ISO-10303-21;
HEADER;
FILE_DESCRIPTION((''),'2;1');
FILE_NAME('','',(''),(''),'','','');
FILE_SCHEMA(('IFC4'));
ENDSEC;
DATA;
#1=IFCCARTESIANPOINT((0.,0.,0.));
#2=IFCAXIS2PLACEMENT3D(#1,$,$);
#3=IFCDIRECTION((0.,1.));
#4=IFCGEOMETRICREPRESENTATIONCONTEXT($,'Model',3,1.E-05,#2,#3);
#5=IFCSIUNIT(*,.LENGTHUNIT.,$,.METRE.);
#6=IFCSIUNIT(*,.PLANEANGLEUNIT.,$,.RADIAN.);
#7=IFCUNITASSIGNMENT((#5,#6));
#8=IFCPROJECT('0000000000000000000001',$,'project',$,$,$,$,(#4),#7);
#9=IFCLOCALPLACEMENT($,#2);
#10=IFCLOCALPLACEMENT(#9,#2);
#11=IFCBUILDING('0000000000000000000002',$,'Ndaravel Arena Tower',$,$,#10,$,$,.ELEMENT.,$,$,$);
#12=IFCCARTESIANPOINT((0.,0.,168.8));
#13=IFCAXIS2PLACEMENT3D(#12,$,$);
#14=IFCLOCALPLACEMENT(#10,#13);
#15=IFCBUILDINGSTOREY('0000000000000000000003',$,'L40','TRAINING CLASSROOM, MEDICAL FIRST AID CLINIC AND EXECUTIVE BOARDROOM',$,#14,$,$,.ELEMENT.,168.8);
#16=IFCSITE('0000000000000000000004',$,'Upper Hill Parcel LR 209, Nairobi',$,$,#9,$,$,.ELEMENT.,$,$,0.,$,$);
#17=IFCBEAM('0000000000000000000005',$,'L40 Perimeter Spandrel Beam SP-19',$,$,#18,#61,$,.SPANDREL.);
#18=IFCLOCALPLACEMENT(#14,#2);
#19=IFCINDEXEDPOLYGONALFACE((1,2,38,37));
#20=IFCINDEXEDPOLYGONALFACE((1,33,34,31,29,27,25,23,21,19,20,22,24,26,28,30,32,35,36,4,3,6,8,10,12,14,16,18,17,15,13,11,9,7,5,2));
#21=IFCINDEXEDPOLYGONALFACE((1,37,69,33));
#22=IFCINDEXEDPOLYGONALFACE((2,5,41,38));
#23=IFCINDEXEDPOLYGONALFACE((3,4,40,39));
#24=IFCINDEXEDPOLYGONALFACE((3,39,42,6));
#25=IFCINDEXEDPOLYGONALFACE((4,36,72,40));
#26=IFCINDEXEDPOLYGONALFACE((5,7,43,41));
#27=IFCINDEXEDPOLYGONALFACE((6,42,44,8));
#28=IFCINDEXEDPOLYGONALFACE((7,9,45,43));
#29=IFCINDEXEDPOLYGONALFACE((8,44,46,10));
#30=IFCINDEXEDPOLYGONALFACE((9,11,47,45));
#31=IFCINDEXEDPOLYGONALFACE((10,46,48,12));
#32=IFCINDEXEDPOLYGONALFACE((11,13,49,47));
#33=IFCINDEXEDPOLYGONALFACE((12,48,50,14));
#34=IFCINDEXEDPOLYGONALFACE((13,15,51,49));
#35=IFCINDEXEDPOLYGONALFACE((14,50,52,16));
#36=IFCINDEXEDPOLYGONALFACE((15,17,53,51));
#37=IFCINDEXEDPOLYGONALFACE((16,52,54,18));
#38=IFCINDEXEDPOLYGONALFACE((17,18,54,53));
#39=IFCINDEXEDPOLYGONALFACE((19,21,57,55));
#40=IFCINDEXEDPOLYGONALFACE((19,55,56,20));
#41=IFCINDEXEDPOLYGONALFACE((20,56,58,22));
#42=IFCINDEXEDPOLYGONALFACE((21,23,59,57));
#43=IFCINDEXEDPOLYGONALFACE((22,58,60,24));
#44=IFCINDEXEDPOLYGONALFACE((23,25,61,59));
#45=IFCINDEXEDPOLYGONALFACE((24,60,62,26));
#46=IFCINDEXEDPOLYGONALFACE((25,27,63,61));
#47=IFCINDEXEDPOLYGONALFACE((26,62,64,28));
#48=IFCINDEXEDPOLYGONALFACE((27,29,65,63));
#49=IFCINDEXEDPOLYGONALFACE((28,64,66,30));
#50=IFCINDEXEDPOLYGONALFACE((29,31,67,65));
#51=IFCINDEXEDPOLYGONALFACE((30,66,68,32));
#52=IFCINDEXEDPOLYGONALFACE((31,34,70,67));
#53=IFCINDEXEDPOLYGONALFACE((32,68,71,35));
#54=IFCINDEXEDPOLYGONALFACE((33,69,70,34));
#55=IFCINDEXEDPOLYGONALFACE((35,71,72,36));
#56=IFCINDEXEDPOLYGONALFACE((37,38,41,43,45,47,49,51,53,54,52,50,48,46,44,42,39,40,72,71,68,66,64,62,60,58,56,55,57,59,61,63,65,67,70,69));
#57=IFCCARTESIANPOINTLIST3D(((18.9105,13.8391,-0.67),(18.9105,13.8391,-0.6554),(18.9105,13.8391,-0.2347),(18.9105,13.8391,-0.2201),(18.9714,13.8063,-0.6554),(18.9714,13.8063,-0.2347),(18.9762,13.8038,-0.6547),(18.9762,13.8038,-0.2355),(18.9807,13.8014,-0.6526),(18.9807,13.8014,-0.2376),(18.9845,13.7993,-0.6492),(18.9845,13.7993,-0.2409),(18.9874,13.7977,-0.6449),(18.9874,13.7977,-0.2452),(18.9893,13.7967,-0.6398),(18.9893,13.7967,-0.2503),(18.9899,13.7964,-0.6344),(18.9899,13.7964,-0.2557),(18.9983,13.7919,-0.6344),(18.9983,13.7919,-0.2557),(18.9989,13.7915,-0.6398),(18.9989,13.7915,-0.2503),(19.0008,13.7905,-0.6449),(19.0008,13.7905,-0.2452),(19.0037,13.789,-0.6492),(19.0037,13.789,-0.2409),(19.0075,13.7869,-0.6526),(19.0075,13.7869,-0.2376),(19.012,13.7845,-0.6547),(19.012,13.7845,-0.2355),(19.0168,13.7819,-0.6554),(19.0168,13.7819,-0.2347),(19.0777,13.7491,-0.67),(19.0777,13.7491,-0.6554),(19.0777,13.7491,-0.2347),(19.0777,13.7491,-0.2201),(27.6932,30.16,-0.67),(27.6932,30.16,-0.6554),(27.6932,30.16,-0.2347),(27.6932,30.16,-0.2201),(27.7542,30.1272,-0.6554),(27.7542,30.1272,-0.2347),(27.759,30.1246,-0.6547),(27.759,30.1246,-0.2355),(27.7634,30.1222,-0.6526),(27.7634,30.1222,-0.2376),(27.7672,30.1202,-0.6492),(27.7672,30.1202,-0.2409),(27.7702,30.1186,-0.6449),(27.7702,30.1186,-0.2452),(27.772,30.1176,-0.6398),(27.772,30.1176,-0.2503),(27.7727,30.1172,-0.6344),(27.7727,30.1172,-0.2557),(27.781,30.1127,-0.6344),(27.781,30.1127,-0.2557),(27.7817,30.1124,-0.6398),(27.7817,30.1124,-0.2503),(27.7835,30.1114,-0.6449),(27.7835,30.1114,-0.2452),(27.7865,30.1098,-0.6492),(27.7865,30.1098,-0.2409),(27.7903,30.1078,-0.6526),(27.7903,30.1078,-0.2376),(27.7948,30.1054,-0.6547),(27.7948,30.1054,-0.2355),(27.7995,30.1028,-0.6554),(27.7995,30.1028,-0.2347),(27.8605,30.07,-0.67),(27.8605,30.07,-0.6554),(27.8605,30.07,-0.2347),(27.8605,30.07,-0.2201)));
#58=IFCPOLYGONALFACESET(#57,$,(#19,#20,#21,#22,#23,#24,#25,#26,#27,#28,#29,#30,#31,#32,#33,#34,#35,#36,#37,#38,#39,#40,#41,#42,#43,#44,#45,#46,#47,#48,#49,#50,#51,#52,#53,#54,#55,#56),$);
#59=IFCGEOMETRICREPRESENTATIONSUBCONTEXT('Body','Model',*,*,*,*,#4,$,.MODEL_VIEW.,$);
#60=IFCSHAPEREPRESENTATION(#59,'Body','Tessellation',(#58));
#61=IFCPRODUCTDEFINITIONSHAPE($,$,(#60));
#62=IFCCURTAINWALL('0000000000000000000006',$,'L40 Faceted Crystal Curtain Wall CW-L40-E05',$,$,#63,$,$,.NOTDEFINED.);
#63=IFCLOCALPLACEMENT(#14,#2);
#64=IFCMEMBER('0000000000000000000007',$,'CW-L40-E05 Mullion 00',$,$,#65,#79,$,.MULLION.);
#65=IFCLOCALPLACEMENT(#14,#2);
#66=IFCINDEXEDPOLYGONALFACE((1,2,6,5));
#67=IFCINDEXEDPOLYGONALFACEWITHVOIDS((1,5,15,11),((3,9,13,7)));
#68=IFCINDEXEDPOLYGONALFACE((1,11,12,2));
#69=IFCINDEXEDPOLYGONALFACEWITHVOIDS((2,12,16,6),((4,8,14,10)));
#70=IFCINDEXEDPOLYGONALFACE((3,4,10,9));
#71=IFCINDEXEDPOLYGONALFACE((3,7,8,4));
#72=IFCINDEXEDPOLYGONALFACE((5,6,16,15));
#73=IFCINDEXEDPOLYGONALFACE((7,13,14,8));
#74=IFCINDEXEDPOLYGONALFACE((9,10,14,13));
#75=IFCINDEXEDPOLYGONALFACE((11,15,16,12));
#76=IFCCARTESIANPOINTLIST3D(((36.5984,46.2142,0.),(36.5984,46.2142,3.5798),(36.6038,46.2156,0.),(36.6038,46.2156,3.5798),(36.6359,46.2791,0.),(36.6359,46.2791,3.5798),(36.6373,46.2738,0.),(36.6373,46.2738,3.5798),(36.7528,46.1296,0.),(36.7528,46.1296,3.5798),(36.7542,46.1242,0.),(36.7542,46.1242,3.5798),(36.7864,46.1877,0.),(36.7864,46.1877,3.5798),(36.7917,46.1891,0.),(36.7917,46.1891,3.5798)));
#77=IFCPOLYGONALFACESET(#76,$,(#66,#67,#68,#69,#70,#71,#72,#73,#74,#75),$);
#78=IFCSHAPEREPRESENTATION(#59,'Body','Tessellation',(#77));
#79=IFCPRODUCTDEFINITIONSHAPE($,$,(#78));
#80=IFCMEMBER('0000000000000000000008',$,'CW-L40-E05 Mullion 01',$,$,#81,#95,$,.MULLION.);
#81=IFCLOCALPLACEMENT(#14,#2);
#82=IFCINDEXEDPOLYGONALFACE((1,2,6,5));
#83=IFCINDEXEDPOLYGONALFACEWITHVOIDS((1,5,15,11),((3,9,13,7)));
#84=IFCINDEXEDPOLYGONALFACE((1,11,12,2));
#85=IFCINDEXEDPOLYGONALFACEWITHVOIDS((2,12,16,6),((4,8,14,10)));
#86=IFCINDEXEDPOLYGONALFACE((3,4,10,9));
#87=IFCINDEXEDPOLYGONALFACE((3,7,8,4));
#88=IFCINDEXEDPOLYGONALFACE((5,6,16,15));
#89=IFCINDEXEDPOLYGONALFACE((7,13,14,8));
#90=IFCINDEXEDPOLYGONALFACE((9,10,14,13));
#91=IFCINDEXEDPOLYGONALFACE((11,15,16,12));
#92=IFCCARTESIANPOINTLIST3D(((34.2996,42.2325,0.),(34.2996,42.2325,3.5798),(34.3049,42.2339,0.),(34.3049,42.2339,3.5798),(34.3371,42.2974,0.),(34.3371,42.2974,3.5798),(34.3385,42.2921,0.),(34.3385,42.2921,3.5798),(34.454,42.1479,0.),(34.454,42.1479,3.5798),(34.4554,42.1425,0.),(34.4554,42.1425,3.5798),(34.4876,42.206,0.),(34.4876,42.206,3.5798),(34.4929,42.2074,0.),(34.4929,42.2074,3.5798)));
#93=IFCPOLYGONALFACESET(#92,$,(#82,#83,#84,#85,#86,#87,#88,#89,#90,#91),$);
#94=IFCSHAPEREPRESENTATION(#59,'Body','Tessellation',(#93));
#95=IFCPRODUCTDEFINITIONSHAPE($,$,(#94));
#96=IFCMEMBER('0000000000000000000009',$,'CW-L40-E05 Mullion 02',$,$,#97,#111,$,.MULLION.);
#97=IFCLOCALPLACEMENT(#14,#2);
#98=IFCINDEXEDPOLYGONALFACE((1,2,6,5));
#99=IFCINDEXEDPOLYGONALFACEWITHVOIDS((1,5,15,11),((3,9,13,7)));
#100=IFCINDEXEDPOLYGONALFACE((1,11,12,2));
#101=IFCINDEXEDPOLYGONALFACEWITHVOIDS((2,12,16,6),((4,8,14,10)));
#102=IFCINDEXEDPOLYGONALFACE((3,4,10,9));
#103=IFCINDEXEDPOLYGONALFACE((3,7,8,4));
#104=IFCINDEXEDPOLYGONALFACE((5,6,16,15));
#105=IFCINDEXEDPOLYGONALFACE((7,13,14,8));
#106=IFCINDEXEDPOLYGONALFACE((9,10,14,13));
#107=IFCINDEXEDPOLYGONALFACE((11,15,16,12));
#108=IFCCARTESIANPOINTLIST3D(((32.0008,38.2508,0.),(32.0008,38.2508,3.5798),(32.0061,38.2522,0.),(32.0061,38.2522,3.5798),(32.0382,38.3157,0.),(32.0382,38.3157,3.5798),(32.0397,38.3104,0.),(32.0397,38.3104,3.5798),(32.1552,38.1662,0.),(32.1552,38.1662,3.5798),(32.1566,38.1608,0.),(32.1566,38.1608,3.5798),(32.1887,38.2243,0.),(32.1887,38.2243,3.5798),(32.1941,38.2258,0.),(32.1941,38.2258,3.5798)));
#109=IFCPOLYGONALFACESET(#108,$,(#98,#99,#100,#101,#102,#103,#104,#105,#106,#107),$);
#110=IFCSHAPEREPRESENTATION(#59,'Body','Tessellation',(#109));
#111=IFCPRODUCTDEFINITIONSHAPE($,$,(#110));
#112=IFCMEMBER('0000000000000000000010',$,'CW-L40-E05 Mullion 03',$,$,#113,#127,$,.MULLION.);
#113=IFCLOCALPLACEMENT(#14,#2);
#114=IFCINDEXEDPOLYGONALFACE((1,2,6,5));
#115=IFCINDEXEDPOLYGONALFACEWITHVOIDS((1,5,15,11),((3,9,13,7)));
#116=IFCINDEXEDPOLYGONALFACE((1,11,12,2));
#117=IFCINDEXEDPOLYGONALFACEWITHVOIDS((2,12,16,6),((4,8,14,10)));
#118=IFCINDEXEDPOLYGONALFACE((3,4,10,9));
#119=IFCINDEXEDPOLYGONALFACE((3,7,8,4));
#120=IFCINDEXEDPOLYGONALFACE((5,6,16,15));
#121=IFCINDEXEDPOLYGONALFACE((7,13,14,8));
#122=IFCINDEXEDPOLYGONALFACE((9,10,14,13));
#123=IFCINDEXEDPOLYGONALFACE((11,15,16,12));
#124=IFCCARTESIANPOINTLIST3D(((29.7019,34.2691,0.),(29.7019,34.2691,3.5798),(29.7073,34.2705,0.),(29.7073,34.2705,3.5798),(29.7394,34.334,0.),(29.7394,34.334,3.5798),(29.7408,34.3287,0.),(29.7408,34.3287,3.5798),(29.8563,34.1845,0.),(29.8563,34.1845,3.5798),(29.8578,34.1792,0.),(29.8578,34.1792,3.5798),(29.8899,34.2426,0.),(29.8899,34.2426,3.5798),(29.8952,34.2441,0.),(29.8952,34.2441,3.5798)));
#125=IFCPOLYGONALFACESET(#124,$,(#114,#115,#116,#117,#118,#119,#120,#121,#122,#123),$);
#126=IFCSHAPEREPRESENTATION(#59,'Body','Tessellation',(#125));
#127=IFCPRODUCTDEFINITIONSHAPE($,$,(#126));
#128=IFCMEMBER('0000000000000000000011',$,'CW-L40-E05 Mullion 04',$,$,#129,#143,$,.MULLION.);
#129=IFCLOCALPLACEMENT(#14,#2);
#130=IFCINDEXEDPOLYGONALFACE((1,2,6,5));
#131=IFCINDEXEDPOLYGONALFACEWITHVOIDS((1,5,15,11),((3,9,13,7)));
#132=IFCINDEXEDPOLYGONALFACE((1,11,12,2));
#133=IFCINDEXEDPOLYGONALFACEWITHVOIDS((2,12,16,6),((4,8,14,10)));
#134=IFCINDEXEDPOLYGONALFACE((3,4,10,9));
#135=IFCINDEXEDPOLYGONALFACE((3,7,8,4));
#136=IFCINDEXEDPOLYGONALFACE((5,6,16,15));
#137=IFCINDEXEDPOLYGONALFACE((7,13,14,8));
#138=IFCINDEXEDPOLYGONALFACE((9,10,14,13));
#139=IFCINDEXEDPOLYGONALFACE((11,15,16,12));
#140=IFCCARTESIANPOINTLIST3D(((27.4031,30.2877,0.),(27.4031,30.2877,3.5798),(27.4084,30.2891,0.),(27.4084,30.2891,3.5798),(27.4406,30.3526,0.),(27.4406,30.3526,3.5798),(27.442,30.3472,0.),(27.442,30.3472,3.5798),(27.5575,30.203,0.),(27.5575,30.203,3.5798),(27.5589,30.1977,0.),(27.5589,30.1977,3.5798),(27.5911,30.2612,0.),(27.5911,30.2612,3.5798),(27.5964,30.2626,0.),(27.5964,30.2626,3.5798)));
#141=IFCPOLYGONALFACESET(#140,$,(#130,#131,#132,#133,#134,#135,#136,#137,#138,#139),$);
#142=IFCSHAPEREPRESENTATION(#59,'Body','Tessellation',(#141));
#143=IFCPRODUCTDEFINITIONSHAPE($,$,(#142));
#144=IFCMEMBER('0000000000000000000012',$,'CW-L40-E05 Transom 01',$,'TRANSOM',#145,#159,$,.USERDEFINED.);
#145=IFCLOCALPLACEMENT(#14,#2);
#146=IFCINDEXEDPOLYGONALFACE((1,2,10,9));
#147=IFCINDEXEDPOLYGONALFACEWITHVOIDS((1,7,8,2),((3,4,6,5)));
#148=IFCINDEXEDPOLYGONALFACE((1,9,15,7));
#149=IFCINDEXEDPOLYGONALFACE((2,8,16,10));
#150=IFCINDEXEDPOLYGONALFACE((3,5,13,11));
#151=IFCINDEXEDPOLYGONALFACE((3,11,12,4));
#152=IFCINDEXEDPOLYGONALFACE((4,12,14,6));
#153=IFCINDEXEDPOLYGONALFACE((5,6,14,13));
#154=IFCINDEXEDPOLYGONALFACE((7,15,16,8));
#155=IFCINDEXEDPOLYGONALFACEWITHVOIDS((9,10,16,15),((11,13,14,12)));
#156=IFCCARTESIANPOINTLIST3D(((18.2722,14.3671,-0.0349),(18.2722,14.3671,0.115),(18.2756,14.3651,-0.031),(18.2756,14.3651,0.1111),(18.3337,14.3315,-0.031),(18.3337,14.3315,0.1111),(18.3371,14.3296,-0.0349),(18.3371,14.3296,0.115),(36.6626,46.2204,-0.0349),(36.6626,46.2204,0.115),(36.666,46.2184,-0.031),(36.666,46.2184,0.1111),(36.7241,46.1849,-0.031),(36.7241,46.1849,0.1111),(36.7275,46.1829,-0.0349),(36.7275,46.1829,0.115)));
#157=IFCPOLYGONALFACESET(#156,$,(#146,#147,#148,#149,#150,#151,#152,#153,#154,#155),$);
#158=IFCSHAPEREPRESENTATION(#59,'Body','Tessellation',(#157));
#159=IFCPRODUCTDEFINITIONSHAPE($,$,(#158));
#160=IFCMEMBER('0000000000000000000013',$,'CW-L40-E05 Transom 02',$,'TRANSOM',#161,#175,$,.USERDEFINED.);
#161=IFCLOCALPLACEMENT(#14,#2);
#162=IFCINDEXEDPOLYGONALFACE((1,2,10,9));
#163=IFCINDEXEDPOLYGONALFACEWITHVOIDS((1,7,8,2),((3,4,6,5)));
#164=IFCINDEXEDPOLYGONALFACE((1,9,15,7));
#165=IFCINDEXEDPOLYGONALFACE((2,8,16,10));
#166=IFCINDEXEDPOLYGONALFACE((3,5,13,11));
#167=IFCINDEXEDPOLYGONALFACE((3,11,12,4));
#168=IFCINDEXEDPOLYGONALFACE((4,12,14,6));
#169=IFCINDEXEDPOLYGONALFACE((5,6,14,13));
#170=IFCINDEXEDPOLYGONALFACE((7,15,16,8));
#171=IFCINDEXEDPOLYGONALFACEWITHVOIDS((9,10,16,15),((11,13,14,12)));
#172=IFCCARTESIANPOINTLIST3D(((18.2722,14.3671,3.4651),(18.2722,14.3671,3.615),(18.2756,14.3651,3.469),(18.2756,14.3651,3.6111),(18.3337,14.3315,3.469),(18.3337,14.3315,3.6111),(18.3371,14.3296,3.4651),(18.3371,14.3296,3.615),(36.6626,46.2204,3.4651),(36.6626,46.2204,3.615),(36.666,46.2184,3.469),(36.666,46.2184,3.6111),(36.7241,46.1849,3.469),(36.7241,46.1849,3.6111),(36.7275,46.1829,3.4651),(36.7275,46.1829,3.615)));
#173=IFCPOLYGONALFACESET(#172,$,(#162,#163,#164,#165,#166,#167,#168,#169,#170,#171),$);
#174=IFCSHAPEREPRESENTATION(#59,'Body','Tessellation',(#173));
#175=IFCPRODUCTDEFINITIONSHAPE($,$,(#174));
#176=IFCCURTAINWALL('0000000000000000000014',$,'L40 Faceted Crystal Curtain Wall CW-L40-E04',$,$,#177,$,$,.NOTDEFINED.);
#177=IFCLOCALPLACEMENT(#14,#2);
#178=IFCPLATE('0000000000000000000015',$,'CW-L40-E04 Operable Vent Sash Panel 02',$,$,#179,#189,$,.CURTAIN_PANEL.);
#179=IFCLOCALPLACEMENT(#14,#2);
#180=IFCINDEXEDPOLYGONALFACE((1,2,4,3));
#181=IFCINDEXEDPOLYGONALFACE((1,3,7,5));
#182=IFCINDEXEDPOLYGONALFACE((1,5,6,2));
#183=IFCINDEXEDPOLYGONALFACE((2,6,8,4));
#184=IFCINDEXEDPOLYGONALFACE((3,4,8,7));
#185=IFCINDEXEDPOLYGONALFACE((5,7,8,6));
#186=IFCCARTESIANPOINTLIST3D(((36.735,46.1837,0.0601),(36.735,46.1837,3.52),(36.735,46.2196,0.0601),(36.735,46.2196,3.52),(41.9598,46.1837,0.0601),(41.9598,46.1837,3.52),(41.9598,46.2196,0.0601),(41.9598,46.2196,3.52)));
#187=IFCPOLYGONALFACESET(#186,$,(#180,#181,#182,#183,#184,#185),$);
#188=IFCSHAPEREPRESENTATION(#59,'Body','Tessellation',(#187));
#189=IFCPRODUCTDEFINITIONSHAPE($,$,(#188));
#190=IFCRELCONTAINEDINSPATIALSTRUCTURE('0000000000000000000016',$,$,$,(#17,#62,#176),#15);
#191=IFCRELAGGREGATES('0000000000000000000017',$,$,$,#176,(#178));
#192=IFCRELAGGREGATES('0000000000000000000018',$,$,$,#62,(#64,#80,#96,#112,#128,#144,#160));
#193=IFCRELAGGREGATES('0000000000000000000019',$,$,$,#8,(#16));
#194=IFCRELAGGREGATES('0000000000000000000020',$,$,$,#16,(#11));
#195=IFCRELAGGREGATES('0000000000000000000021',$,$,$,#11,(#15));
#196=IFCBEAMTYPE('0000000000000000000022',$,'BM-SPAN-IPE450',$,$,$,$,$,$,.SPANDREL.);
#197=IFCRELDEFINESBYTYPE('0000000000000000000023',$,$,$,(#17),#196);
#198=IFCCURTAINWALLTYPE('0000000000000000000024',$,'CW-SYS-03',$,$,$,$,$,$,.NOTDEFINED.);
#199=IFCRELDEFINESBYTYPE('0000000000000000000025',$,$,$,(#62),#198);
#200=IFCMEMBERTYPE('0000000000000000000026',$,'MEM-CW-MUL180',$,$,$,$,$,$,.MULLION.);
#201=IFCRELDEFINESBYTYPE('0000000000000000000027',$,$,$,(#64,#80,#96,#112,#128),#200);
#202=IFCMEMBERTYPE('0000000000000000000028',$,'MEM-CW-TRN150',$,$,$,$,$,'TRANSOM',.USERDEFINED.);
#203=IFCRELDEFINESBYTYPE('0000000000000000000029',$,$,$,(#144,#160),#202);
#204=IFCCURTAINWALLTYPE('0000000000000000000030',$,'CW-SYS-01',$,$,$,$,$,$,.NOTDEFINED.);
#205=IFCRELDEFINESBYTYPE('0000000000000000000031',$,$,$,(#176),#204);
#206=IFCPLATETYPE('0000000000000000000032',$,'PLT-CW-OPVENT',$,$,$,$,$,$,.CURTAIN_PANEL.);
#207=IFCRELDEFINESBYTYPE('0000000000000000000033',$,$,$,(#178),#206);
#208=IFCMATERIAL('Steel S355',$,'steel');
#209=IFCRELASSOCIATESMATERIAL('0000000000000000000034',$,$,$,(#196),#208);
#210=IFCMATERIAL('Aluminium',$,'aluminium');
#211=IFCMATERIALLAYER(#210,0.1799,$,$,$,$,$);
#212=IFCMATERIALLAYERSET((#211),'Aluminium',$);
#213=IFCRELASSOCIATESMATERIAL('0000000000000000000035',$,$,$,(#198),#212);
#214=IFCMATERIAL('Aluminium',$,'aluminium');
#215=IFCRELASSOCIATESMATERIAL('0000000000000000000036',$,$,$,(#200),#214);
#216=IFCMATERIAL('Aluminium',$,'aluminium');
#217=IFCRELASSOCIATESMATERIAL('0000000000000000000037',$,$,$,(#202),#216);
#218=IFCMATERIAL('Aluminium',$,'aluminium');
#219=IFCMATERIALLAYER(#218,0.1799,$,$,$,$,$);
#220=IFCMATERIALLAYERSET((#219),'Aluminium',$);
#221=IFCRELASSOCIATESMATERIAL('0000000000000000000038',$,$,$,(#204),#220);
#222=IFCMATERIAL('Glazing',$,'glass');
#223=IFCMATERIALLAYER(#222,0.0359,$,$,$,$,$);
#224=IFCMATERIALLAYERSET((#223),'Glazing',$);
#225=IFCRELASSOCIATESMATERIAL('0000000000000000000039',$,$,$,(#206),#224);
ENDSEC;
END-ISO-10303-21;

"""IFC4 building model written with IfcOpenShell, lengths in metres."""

from ifc_helpers import new_model, si_unit, direction, frame, origin, origin_2d, place, context, subcontext, project, spatial, rectangle, hollow_rectangle, i_section, extrude, material, layer, layer_set, material_profile, profile_set, type_object, element, aggregate, save


model = new_model("IFC4")

# Units and contexts
model_context = context("Model", 3, precision=1e-05, world=origin(), true_north=direction((0.0, 1.0)))
body_context = subcontext(model_context, "Body", "Model", "MODEL_VIEW")
ifc_project = project(units=[si_unit("LENGTHUNIT", "METRE"), si_unit("PLANEANGLEUNIT", "RADIAN")], contexts=[model_context])

# Site, building, storey
site_placement = place(None, origin())
site = spatial("IfcSite", under=ifc_project, at=site_placement, Name="Upper Hill Parcel LR 209, Nairobi", CompositionType="ELEMENT", RefElevation=0.0)
building_placement = place(site_placement, origin())
building = spatial("IfcBuilding", under=site, at=building_placement, Name="Ndaravel Arena Tower", CompositionType="ELEMENT")
storey_placement = place(building_placement, frame((0.0, 0.0, 168.8)))
storey = spatial("IfcBuildingStorey", under=building, at=storey_placement, Name="L40", Description="TRAINING CLASSROOM, MEDICAL FIRST AID CLINIC AND EXECUTIVE BOARDROOM", CompositionType="ELEMENT", Elevation=168.8)

# Beam
ifc_material_1 = material(Name="Steel S355", Category="steel")
ifc_material_profile_1 = material_profile(ifc_material_1, i_section(OverallWidth=0.1899, OverallDepth=0.45, WebThickness=0.0095, FlangeThickness=0.0146, FilletRadius=0.021, at=origin_2d()), Name="IPE 450")
ifc_profile_set_1 = profile_set([ifc_material_profile_1], Name="Steel S355")
beam_type_1 = type_object("IfcBeamType", Name="BM-SPAN-IPE450", PredefinedType="SPANDREL", material=ifc_profile_set_1)
for number, where, z_axis, x_axis, name in (
    (1, (27.7769, 30.115, -0.4451), (-0.473874, -0.880593, 0.0), (0.880593, -0.473874, 0.0), "L40 Perimeter Spandrel Beam SP-19"),
):
    element("IfcBeam", number, at=place(storey_placement, frame(where, z_axis=z_axis, x_axis=x_axis)), inside=storey, type_object=beam_type_1, Name=name, PredefinedType="SPANDREL", context=body_context, shape_type="SweptSolid", body=[
        extrude(i_section(OverallWidth=0.1899, OverallDepth=0.45, WebThickness=0.0095, FlangeThickness=0.0146, FilletRadius=0.021, at=origin_2d()), origin(), (0.0, 0.0, 1.0), 18.5339),
    ])

# Curtain wall, members
ifc_material_2 = material(Name="Aluminium", Category="aluminium")
ifc_layer_1 = layer(ifc_material_2, 0.1799)
ifc_layer_set_1 = layer_set([ifc_layer_1], Name="Aluminium")
curtain_wall_type_1 = type_object("IfcCurtainWallType", Name="CW-SYS-03", PredefinedType="NOTDEFINED", material=ifc_layer_set_1)
curtain_wall_1_placement = place(storey_placement, origin())
curtain_wall_1 = element("IfcCurtainWall", 2, at=curtain_wall_1_placement, inside=storey, type_object=curtain_wall_type_1, Name="L40 Faceted Crystal Curtain Wall CW-L40-E05", PredefinedType="NOTDEFINED")
ifc_material_3 = material(Name="Aluminium", Category="aluminium")
ifc_material_profile_2 = material_profile(ifc_material_3, hollow_rectangle(XDim=0.075, YDim=0.1799, WallThickness=0.0039, at=origin_2d()), Name="CW MULLION 75x180x4")
ifc_profile_set_2 = profile_set([ifc_material_profile_2], Name="Aluminium")
member_type_1 = type_object("IfcMemberType", Name="MEM-CW-MUL180", PredefinedType="MULLION", material=ifc_profile_set_2)
member_1_placement = place(storey_placement, frame((36.6951, 46.2017, 0.0), z_axis=(0.0, 0.0, 1.0), x_axis=(-0.5, -0.866025, 0.0)))
member_1 = element("IfcMember", 3, at=member_1_placement, type_object=member_type_1, Name="CW-L40-E05 Mullion 00", PredefinedType="MULLION", context=body_context, shape_type="SweptSolid", body=[
    extrude(hollow_rectangle(XDim=0.075, YDim=0.1799, WallThickness=0.0039, at=origin_2d()), origin(), (0.0, 0.0, 1.0), 3.5798),
])
member_2_placement = place(storey_placement, frame((34.3962, 42.22, 0.0), z_axis=(0.0, 0.0, 1.0), x_axis=(-0.5, -0.866025, 0.0)))
member_2 = element("IfcMember", 4, at=member_2_placement, type_object=member_type_1, Name="CW-L40-E05 Mullion 01", PredefinedType="MULLION", context=body_context, shape_type="SweptSolid", body=[
    extrude(hollow_rectangle(XDim=0.075, YDim=0.1799, WallThickness=0.0039, at=origin_2d()), origin(), (0.0, 0.0, 1.0), 3.5798),
])
member_3_placement = place(storey_placement, frame((32.0974, 38.2383, 0.0), z_axis=(0.0, 0.0, 1.0), x_axis=(-0.5, -0.866025, 0.0)))
member_3 = element("IfcMember", 5, at=member_3_placement, type_object=member_type_1, Name="CW-L40-E05 Mullion 02", PredefinedType="MULLION", context=body_context, shape_type="SweptSolid", body=[
    extrude(hollow_rectangle(XDim=0.075, YDim=0.1799, WallThickness=0.0039, at=origin_2d()), origin(), (0.0, 0.0, 1.0), 3.5798),
])
member_4_placement = place(storey_placement, frame((29.7986, 34.2566, 0.0), z_axis=(0.0, 0.0, 1.0), x_axis=(-0.5, -0.866025, 0.0)))
member_4 = element("IfcMember", 6, at=member_4_placement, type_object=member_type_1, Name="CW-L40-E05 Mullion 03", PredefinedType="MULLION", context=body_context, shape_type="SweptSolid", body=[
    extrude(hollow_rectangle(XDim=0.075, YDim=0.1799, WallThickness=0.0039, at=origin_2d()), origin(), (0.0, 0.0, 1.0), 3.5798),
])
member_5_placement = place(storey_placement, frame((27.4998, 30.2751, 0.0), z_axis=(0.0, 0.0, 1.0), x_axis=(-0.5, -0.866025, 0.0)))
member_5 = element("IfcMember", 7, at=member_5_placement, type_object=member_type_1, Name="CW-L40-E05 Mullion 04", PredefinedType="MULLION", context=body_context, shape_type="SweptSolid", body=[
    extrude(hollow_rectangle(XDim=0.075, YDim=0.1799, WallThickness=0.0039, at=origin_2d()), origin(), (0.0, 0.0, 1.0), 3.5798),
])
ifc_material_4 = material(Name="Aluminium", Category="aluminium")
ifc_material_profile_3 = material_profile(ifc_material_4, hollow_rectangle(XDim=0.075, YDim=0.1499, WallThickness=0.0039, at=origin_2d()), Name="CW TRANSOM 75x150x4")
ifc_profile_set_3 = profile_set([ifc_material_profile_3], Name="Aluminium")
member_type_2 = type_object("IfcMemberType", Name="MEM-CW-TRN150", ElementType="TRANSOM", PredefinedType="USERDEFINED", material=ifc_profile_set_3)
member_6_placement = place(storey_placement, frame((36.6951, 46.2017, 0.04), z_axis=(-0.499998, -0.866027, 0.0), x_axis=(0.866027, -0.499998, 0.0)))
member_6 = element("IfcMember", 8, at=member_6_placement, type_object=member_type_2, Name="CW-L40-E05 Transom 01", ObjectType="TRANSOM", PredefinedType="USERDEFINED", context=body_context, shape_type="SweptSolid", body=[
    extrude(hollow_rectangle(XDim=0.075, YDim=0.1499, WallThickness=0.0039, at=origin_2d()), origin(), (0.0, 0.0, 1.0), 36.781),
])
member_7_placement = place(storey_placement, frame((36.6951, 46.2017, 3.54), z_axis=(-0.499998, -0.866027, 0.0), x_axis=(0.866027, -0.499998, 0.0)))
member_7 = element("IfcMember", 9, at=member_7_placement, type_object=member_type_2, Name="CW-L40-E05 Transom 02", ObjectType="TRANSOM", PredefinedType="USERDEFINED", context=body_context, shape_type="SweptSolid", body=[
    extrude(hollow_rectangle(XDim=0.075, YDim=0.1499, WallThickness=0.0039, at=origin_2d()), origin(), (0.0, 0.0, 1.0), 36.781),
])

# Curtain wall, plate
ifc_material_5 = material(Name="Aluminium", Category="aluminium")
ifc_layer_2 = layer(ifc_material_5, 0.1799)
ifc_layer_set_2 = layer_set([ifc_layer_2], Name="Aluminium")
curtain_wall_type_2 = type_object("IfcCurtainWallType", Name="CW-SYS-01", PredefinedType="NOTDEFINED", material=ifc_layer_set_2)
curtain_wall_2_placement = place(storey_placement, origin())
curtain_wall_2 = element("IfcCurtainWall", 10, at=curtain_wall_2_placement, inside=storey, type_object=curtain_wall_type_2, Name="L40 Faceted Crystal Curtain Wall CW-L40-E04", PredefinedType="NOTDEFINED")
ifc_material_6 = material(Name="Glazing", Category="glass")
ifc_layer_3 = layer(ifc_material_6, 0.0359)
ifc_layer_set_3 = layer_set([ifc_layer_3], Name="Glazing")
plate_type_1 = type_object("IfcPlateType", Name="PLT-CW-OPVENT", PredefinedType="CURTAIN_PANEL", material=ifc_layer_set_3)
plate_1_placement = place(storey_placement, frame((39.3474, 46.2017, 0.0601), z_axis=(0.0, 0.0, 1.0), x_axis=(-1.0, 0.0, 0.0)))
plate_1 = element("IfcPlate", 11, at=plate_1_placement, type_object=plate_type_1, Name="CW-L40-E04 Operable Vent Sash Panel 02", PredefinedType="CURTAIN_PANEL", context=body_context, shape_type="SweptSolid", body=[
    extrude(rectangle(XDim=5.2249, YDim=0.0359, at=origin_2d()), origin(), (0.0, 0.0, 1.0), 3.46),
])
aggregate(curtain_wall_2, [plate_1])

aggregate(curtain_wall_1, [member_1, member_2, member_3, member_4, member_5, member_6, member_7])

save(model, "model.ifc")
